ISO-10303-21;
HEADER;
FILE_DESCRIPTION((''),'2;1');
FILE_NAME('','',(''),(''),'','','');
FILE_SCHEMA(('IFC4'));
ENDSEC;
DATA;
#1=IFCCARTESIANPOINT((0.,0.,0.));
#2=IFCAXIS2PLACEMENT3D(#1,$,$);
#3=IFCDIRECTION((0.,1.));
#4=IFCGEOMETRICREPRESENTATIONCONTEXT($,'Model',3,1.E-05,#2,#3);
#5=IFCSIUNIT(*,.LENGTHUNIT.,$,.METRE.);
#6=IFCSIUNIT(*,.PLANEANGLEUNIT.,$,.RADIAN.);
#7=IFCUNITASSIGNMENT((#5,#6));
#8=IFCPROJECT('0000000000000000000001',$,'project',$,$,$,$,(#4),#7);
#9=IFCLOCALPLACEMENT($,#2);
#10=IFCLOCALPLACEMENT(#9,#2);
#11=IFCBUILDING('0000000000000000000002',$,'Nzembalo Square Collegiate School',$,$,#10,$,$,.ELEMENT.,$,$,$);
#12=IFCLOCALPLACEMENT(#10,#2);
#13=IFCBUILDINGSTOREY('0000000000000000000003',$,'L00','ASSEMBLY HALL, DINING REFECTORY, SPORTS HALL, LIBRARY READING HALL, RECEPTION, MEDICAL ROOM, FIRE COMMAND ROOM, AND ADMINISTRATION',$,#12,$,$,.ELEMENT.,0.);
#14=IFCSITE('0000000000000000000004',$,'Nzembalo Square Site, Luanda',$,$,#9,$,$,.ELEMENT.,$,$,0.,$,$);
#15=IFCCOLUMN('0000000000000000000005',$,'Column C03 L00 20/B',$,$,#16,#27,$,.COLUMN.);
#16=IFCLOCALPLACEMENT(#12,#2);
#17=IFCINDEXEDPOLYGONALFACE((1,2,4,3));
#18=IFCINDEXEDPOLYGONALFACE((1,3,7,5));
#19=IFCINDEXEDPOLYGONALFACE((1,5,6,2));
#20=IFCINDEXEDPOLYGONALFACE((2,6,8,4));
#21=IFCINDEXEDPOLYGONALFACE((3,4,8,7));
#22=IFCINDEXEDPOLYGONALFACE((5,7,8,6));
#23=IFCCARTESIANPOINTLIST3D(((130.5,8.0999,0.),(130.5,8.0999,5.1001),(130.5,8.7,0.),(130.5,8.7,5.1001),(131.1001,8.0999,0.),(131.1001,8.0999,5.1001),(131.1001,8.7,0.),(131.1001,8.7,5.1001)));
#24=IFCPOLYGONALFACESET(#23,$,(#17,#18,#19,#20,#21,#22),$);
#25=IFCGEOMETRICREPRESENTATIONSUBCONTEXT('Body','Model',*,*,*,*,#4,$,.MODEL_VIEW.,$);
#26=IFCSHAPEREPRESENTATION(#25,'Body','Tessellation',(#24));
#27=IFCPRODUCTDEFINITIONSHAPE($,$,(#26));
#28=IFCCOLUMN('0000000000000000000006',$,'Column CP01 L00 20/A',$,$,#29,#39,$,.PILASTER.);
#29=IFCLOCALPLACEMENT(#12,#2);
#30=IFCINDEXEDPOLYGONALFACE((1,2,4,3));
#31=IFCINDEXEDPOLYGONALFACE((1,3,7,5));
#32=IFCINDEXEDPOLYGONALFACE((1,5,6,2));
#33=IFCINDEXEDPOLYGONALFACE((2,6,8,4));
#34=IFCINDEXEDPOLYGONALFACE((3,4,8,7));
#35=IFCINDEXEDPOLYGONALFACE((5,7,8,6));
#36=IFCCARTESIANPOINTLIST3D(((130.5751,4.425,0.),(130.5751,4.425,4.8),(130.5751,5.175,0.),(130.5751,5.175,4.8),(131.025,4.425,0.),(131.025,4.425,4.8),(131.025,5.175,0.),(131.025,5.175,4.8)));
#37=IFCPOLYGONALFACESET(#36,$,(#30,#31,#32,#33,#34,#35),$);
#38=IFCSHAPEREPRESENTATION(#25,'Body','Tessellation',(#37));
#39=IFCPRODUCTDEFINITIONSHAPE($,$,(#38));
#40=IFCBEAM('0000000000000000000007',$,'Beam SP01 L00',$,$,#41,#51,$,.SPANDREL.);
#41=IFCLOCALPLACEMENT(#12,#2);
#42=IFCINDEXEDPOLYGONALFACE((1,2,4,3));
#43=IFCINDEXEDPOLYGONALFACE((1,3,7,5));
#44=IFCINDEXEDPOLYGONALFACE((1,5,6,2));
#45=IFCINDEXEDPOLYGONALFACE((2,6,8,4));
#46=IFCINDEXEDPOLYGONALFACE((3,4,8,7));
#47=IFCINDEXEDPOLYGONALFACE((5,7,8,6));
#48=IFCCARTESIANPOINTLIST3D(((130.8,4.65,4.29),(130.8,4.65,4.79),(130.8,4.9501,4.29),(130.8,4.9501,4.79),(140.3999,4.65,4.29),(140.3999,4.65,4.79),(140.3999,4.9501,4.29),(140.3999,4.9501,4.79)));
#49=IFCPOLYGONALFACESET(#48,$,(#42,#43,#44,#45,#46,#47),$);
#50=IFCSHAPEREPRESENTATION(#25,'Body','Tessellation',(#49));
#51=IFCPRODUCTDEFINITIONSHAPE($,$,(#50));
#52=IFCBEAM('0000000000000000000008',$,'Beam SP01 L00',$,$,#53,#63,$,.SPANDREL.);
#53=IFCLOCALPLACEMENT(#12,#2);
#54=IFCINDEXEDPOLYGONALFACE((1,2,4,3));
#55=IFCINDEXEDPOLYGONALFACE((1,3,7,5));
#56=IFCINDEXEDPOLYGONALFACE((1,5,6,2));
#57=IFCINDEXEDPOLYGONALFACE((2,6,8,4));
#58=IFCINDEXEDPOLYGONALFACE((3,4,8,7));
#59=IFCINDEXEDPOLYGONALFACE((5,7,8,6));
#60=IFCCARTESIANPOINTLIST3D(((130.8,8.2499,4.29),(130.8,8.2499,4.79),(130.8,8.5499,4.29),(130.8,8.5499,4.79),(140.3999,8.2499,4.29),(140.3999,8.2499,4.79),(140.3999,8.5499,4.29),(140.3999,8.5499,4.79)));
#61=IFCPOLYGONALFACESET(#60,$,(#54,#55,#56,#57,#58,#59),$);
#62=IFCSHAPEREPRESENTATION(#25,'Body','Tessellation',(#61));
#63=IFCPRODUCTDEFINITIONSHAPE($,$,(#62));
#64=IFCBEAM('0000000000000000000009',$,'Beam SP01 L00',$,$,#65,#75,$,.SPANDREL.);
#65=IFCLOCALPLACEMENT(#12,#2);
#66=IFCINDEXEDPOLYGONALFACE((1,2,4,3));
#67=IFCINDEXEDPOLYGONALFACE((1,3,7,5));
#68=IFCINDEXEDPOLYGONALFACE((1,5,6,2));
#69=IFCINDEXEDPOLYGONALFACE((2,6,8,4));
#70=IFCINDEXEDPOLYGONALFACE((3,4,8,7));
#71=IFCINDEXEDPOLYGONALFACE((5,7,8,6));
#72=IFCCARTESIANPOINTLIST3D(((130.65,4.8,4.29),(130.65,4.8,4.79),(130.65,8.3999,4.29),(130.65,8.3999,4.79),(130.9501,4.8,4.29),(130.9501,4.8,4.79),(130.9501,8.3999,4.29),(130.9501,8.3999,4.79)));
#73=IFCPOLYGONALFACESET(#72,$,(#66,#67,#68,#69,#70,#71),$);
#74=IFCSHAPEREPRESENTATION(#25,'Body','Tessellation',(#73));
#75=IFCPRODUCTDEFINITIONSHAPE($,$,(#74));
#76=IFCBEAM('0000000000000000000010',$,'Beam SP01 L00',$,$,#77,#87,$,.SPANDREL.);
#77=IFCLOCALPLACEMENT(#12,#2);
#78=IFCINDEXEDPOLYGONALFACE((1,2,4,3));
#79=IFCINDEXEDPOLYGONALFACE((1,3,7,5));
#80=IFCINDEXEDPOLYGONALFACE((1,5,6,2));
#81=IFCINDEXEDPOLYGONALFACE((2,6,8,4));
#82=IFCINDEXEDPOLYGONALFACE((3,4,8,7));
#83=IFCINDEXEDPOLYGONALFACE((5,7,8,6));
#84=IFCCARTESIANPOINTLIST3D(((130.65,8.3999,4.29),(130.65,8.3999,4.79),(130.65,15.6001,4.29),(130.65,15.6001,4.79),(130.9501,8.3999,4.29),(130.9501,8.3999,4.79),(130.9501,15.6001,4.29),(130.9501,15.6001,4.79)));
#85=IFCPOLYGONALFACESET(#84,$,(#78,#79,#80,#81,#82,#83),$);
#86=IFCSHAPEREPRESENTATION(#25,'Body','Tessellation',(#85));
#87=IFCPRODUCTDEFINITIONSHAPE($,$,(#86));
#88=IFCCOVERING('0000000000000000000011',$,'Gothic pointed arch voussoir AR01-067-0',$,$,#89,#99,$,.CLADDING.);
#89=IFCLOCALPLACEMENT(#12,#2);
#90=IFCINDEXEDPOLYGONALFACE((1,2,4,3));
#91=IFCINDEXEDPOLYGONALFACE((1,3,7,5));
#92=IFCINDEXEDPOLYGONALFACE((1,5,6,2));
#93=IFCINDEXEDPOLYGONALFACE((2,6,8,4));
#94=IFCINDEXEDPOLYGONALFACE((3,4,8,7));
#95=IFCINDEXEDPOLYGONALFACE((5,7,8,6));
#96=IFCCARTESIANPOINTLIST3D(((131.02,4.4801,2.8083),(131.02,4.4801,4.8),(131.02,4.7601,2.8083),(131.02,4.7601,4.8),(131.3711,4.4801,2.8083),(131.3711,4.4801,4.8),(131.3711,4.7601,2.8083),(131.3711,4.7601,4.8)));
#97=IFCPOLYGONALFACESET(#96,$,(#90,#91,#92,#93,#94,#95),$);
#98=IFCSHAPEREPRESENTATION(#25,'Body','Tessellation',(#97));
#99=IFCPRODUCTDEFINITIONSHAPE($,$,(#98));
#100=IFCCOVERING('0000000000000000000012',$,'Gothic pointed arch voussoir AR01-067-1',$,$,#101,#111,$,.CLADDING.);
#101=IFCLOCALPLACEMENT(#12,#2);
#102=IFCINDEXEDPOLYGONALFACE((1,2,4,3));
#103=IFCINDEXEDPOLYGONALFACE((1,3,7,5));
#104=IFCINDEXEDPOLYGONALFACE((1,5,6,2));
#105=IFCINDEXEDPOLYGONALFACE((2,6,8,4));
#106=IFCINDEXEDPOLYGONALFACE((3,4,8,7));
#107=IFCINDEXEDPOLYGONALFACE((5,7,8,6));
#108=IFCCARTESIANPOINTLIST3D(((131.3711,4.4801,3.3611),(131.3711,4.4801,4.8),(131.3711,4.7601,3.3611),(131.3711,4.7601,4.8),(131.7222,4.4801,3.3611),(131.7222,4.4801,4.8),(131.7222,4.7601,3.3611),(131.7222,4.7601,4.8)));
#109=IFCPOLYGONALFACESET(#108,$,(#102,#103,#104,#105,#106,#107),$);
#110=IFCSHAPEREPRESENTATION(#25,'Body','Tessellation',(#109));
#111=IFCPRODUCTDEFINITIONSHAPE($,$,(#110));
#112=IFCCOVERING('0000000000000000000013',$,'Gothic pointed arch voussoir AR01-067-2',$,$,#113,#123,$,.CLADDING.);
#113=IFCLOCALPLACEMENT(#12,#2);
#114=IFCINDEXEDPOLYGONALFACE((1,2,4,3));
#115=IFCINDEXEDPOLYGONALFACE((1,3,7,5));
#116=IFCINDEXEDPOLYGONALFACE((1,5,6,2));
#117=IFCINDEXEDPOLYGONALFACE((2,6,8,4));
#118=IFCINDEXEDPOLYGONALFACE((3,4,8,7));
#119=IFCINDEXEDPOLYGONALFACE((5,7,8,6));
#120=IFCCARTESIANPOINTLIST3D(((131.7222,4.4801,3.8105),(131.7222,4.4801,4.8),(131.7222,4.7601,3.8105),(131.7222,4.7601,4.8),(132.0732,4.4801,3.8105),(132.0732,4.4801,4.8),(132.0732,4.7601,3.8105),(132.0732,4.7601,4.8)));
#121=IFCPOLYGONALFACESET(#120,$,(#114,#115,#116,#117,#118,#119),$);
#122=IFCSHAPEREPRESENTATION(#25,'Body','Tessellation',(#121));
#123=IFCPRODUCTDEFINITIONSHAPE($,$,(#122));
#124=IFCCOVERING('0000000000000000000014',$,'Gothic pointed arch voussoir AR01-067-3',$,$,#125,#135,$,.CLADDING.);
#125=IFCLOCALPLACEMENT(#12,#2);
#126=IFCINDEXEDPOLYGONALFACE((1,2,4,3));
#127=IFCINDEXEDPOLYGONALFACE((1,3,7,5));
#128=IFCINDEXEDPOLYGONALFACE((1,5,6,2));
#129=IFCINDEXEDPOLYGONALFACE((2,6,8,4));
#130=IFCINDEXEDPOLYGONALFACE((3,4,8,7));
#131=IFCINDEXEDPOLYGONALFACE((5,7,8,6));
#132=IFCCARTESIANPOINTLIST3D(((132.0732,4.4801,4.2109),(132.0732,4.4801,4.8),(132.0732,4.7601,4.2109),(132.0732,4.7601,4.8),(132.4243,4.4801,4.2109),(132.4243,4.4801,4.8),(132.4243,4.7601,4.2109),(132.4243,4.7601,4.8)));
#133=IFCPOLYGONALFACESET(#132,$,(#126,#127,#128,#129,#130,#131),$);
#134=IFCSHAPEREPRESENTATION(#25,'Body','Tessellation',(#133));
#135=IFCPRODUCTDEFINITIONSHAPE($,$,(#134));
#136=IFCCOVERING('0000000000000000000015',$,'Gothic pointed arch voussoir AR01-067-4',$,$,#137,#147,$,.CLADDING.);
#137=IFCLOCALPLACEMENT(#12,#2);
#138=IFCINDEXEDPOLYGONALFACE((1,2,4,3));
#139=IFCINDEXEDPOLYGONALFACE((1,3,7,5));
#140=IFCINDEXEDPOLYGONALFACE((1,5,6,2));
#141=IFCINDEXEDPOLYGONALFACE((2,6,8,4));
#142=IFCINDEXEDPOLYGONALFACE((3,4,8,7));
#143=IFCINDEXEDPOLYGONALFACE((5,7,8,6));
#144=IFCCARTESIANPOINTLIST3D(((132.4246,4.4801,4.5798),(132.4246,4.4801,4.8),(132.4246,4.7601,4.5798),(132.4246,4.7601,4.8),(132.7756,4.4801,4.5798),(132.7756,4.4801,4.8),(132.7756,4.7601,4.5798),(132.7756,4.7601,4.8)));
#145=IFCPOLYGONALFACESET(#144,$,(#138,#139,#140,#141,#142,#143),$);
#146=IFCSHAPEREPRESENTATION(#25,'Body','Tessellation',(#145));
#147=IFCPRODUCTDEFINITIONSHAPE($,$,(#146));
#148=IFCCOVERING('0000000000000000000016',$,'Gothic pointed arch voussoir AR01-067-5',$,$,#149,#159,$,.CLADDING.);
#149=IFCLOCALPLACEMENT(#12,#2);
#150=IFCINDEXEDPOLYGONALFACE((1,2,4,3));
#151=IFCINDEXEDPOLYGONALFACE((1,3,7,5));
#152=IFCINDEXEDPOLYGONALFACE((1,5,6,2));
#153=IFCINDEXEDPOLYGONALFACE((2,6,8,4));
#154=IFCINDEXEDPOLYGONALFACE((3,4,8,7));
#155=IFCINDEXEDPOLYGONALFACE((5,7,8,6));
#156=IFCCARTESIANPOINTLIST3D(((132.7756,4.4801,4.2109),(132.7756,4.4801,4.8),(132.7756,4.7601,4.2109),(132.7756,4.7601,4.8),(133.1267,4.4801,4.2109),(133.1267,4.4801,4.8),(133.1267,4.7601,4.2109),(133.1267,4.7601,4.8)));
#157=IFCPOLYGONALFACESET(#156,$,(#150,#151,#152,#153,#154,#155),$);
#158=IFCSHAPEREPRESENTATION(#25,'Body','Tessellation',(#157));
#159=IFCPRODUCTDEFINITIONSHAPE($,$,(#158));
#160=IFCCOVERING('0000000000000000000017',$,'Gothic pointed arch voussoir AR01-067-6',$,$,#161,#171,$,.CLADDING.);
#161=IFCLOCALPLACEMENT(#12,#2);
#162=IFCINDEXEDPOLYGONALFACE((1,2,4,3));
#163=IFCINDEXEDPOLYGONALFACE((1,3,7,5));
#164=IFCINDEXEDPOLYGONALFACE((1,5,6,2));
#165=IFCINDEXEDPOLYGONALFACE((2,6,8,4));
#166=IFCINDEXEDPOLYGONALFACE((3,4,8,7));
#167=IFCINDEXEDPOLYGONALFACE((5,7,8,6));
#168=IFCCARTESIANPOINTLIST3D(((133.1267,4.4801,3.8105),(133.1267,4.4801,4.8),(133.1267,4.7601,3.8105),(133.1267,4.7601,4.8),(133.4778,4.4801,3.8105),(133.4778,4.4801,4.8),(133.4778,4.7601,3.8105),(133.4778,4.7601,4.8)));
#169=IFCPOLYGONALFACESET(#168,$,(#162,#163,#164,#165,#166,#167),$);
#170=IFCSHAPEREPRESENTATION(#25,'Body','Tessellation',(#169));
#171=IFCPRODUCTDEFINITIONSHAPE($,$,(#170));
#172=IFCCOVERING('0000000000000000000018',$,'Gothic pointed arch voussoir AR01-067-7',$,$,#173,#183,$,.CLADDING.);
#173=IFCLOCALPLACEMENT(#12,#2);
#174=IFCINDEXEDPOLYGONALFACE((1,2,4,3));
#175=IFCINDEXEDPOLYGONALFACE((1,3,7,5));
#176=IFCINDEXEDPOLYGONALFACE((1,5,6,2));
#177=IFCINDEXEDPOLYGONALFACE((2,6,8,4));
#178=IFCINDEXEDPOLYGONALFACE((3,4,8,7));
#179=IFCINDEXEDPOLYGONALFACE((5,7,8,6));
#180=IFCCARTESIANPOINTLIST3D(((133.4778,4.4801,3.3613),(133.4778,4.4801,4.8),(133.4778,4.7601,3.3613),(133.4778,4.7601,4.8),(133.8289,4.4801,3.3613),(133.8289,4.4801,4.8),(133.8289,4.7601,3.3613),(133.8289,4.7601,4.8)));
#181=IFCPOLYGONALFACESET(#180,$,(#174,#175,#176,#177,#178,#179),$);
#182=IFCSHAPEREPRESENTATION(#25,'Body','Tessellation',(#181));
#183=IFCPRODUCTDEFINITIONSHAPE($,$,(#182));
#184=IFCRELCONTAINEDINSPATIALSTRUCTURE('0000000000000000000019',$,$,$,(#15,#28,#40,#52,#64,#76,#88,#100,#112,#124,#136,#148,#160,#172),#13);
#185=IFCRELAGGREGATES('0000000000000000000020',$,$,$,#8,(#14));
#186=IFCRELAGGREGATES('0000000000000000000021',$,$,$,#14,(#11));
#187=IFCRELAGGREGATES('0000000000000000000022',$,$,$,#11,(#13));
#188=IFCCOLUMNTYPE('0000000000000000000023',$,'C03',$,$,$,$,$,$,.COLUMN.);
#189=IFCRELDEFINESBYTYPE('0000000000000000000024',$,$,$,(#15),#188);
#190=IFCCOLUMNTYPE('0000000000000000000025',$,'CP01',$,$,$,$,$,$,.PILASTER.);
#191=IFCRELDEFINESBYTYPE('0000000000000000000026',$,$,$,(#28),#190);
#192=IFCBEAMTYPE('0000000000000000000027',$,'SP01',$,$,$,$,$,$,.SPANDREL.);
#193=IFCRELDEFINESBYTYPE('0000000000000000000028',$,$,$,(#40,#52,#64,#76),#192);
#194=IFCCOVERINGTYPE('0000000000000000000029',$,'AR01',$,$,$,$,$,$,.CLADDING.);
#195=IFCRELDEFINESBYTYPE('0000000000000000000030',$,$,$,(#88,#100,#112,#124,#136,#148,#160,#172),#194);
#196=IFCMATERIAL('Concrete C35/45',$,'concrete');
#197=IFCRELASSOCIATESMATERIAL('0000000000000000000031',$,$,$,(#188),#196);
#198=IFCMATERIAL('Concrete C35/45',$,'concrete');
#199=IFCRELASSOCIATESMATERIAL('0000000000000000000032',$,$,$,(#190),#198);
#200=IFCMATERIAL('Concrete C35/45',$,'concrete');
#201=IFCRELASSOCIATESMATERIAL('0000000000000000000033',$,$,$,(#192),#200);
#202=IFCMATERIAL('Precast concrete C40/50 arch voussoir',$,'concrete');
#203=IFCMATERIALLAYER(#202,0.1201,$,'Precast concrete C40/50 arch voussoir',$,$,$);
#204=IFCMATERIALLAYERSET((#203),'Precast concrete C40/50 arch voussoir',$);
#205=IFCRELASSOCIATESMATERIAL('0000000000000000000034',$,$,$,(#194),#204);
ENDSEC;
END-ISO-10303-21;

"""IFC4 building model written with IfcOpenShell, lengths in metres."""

from ifc_helpers import new_model, si_unit, direction, frame, origin, origin_2d, place, context, subcontext, project, spatial, rectangle, extrude, material, layer, layer_set, material_profile, profile_set, type_object, element, save


model = new_model("IFC4")

# Units and contexts
model_context = context("Model", 3, precision=1e-05, world=origin(), true_north=direction((0.0, 1.0)))
body_context = subcontext(model_context, "Body", "Model", "MODEL_VIEW")
ifc_project = project(units=[si_unit("LENGTHUNIT", "METRE"), si_unit("PLANEANGLEUNIT", "RADIAN")], contexts=[model_context])

# Site, building, storey
site_placement = place(None, origin())
site = spatial("IfcSite", under=ifc_project, at=site_placement, Name="Nzembalo Square Site, Luanda", CompositionType="ELEMENT", RefElevation=0.0)
building_placement = place(site_placement, origin())
building = spatial("IfcBuilding", under=site, at=building_placement, Name="Nzembalo Square Collegiate School", CompositionType="ELEMENT")
storey_placement = place(building_placement, origin())
storey = spatial("IfcBuildingStorey", under=building, at=storey_placement, Name="L00", Description="ASSEMBLY HALL, DINING REFECTORY, SPORTS HALL, LIBRARY READING HALL, RECEPTION, MEDICAL ROOM, FIRE COMMAND ROOM, AND ADMINISTRATION", CompositionType="ELEMENT", Elevation=0.0)

# Columns
ifc_material_1 = material(Name="Concrete C35/45", Category="concrete")
ifc_material_profile_1 = material_profile(ifc_material_1, rectangle(XDim=0.6001, YDim=0.6001, at=origin_2d()), Name="RC 600x600")
ifc_profile_set_1 = profile_set([ifc_material_profile_1], Name="Concrete C35/45")
column_type_1 = type_object("IfcColumnType", Name="C03", PredefinedType="COLUMN", material=ifc_profile_set_1)
column_1_placement = place(storey_placement, frame((130.8, 8.3999, 0.0), z_axis=(0.0, 0.0, 1.0), x_axis=(1.0, 0.0, 0.0)))
element("IfcColumn", 1, at=column_1_placement, inside=storey, type_object=column_type_1, Name="Column C03 L00 20/B", PredefinedType="COLUMN", context=body_context, shape_type="SweptSolid", body=[
    extrude(rectangle(XDim=0.6001, YDim=0.6001, at=origin_2d()), origin(), (0.0, 0.0, 1.0), 5.1001),
])
ifc_material_2 = material(Name="Concrete C35/45", Category="concrete")
ifc_material_profile_2 = material_profile(ifc_material_2, rectangle(XDim=0.45, YDim=0.75, at=origin_2d()), Name="RC 450x750")
ifc_profile_set_2 = profile_set([ifc_material_profile_2], Name="Concrete C35/45")
column_type_2 = type_object("IfcColumnType", Name="CP01", PredefinedType="PILASTER", material=ifc_profile_set_2)
column_2_placement = place(storey_placement, frame((130.8, 4.8, 0.0), z_axis=(0.0, 0.0, 1.0), x_axis=(1.0, 0.0, 0.0)))
element("IfcColumn", 2, at=column_2_placement, inside=storey, type_object=column_type_2, Name="Column CP01 L00 20/A", PredefinedType="PILASTER", context=body_context, shape_type="SweptSolid", body=[
    extrude(rectangle(XDim=0.45, YDim=0.75, at=origin_2d()), origin(), (0.0, 0.0, 1.0), 4.8),
])

# Beams
ifc_material_3 = material(Name="Concrete C35/45", Category="concrete")
ifc_material_profile_3 = material_profile(ifc_material_3, rectangle(XDim=0.3, YDim=0.5, at=origin_2d()), Name="RC 300x500")
ifc_profile_set_3 = profile_set([ifc_material_profile_3], Name="Concrete C35/45")
beam_type = type_object("IfcBeamType", Name="SP01", PredefinedType="SPANDREL", material=ifc_profile_set_3)
for number, where, z_axis, x_axis, name in (
    (3, (130.8, 4.8, 4.54), (1.0, 0.0, 0.0), (0.0, 1.0, 0.0), "Beam SP01 L00"),
    (4, (130.8, 8.3999, 4.54), (1.0, 0.0, 0.0), (0.0, 1.0, 0.0), "Beam SP01 L00"),
):
    element("IfcBeam", number, at=place(storey_placement, frame(where, z_axis=z_axis, x_axis=x_axis)), inside=storey, type_object=beam_type, Name=name, PredefinedType="SPANDREL", context=body_context, shape_type="SweptSolid", body=[
        extrude(rectangle(XDim=0.3, YDim=0.5, at=origin_2d()), origin(), (0.0, 0.0, 1.0), 9.5999),
    ])
beam_1_placement = place(storey_placement, frame((130.8, 4.8, 4.54), z_axis=(0.0, 1.0, 0.0), x_axis=(-1.0, 0.0, 0.0)))
element("IfcBeam", 5, at=beam_1_placement, inside=storey, type_object=beam_type, Name="Beam SP01 L00", PredefinedType="SPANDREL", context=body_context, shape_type="SweptSolid", body=[
    extrude(rectangle(XDim=0.3, YDim=0.5, at=origin_2d()), origin(), (0.0, 0.0, 1.0), 3.5999),
])
beam_2_placement = place(storey_placement, frame((130.8, 8.3999, 4.54), z_axis=(0.0, 1.0, 0.0), x_axis=(-1.0, 0.0, 0.0)))
element("IfcBeam", 6, at=beam_2_placement, inside=storey, type_object=beam_type, Name="Beam SP01 L00", PredefinedType="SPANDREL", context=body_context, shape_type="SweptSolid", body=[
    extrude(rectangle(XDim=0.3, YDim=0.5, at=origin_2d()), origin(), (0.0, 0.0, 1.0), 7.2002),
])

# Coverings
ifc_material_4 = material(Name="Precast concrete C40/50 arch voussoir", Category="concrete")
ifc_layer_1 = layer(ifc_material_4, 0.1201, Name="Precast concrete C40/50 arch voussoir")
ifc_layer_set_1 = layer_set([ifc_layer_1], Name="Precast concrete C40/50 arch voussoir")
covering_type_1 = type_object("IfcCoveringType", Name="AR01", PredefinedType="CLADDING", material=ifc_layer_set_1)
covering_1_placement = place(storey_placement, frame((131.1956, 4.6201, 2.8083), z_axis=(0.0, 0.0, 1.0), x_axis=(1.0, 0.0, 0.0)))
element("IfcCovering", 7, at=covering_1_placement, inside=storey, type_object=covering_type_1, Name="Gothic pointed arch voussoir AR01-067-0", PredefinedType="CLADDING", context=body_context, shape_type="SweptSolid", body=[
    extrude(rectangle(XDim=0.3511, YDim=0.28, at=origin_2d()), origin(), (0.0, 0.0, 1.0), 1.9917),
])
covering_2_placement = place(storey_placement, frame((131.5466, 4.6201, 3.3611), z_axis=(0.0, 0.0, 1.0), x_axis=(1.0, 0.0, 0.0)))
element("IfcCovering", 8, at=covering_2_placement, inside=storey, type_object=covering_type_1, Name="Gothic pointed arch voussoir AR01-067-1", PredefinedType="CLADDING", context=body_context, shape_type="SweptSolid", body=[
    extrude(rectangle(XDim=0.3511, YDim=0.28, at=origin_2d()), origin(), (0.0, 0.0, 1.0), 1.439),
])
covering_3_placement = place(storey_placement, frame((131.8977, 4.6201, 3.8105), z_axis=(0.0, 0.0, 1.0), x_axis=(1.0, 0.0, 0.0)))
element("IfcCovering", 9, at=covering_3_placement, inside=storey, type_object=covering_type_1, Name="Gothic pointed arch voussoir AR01-067-2", PredefinedType="CLADDING", context=body_context, shape_type="SweptSolid", body=[
    extrude(rectangle(XDim=0.3511, YDim=0.28, at=origin_2d()), origin(), (0.0, 0.0, 1.0), 0.9895),
])
covering_4_placement = place(storey_placement, frame((132.2488, 4.6201, 4.2109), z_axis=(0.0, 0.0, 1.0), x_axis=(1.0, 0.0, 0.0)))
element("IfcCovering", 10, at=covering_4_placement, inside=storey, type_object=covering_type_1, Name="Gothic pointed arch voussoir AR01-067-3", PredefinedType="CLADDING", context=body_context, shape_type="SweptSolid", body=[
    extrude(rectangle(XDim=0.3511, YDim=0.28, at=origin_2d()), origin(), (0.0, 0.0, 1.0), 0.5891),
])
covering_5_placement = place(storey_placement, frame((132.6001, 4.6201, 4.5798), z_axis=(0.0, 0.0, 1.0), x_axis=(1.0, 0.0, 0.0)))
element("IfcCovering", 11, at=covering_5_placement, inside=storey, type_object=covering_type_1, Name="Gothic pointed arch voussoir AR01-067-4", PredefinedType="CLADDING", context=body_context, shape_type="SweptSolid", body=[
    extrude(rectangle(XDim=0.3511, YDim=0.28, at=origin_2d()), origin(), (0.0, 0.0, 1.0), 0.2202),
])
covering_6_placement = place(storey_placement, frame((132.9512, 4.6201, 4.2109), z_axis=(0.0, 0.0, 1.0), x_axis=(1.0, 0.0, 0.0)))
element("IfcCovering", 12, at=covering_6_placement, inside=storey, type_object=covering_type_1, Name="Gothic pointed arch voussoir AR01-067-5", PredefinedType="CLADDING", context=body_context, shape_type="SweptSolid", body=[
    extrude(rectangle(XDim=0.3511, YDim=0.28, at=origin_2d()), origin(), (0.0, 0.0, 1.0), 0.5891),
])
covering_7_placement = place(storey_placement, frame((133.3022, 4.6201, 3.8105), z_axis=(0.0, 0.0, 1.0), x_axis=(1.0, 0.0, 0.0)))
element("IfcCovering", 13, at=covering_7_placement, inside=storey, type_object=covering_type_1, Name="Gothic pointed arch voussoir AR01-067-6", PredefinedType="CLADDING", context=body_context, shape_type="SweptSolid", body=[
    extrude(rectangle(XDim=0.3511, YDim=0.28, at=origin_2d()), origin(), (0.0, 0.0, 1.0), 0.9895),
])
covering_8_placement = place(storey_placement, frame((133.6533, 4.6201, 3.3613), z_axis=(0.0, 0.0, 1.0), x_axis=(1.0, 0.0, 0.0)))
element("IfcCovering", 14, at=covering_8_placement, inside=storey, type_object=covering_type_1, Name="Gothic pointed arch voussoir AR01-067-7", PredefinedType="CLADDING", context=body_context, shape_type="SweptSolid", body=[
    extrude(rectangle(XDim=0.3511, YDim=0.28, at=origin_2d()), origin(), (0.0, 0.0, 1.0), 1.4387),
])

save(model, "model.ifc")
